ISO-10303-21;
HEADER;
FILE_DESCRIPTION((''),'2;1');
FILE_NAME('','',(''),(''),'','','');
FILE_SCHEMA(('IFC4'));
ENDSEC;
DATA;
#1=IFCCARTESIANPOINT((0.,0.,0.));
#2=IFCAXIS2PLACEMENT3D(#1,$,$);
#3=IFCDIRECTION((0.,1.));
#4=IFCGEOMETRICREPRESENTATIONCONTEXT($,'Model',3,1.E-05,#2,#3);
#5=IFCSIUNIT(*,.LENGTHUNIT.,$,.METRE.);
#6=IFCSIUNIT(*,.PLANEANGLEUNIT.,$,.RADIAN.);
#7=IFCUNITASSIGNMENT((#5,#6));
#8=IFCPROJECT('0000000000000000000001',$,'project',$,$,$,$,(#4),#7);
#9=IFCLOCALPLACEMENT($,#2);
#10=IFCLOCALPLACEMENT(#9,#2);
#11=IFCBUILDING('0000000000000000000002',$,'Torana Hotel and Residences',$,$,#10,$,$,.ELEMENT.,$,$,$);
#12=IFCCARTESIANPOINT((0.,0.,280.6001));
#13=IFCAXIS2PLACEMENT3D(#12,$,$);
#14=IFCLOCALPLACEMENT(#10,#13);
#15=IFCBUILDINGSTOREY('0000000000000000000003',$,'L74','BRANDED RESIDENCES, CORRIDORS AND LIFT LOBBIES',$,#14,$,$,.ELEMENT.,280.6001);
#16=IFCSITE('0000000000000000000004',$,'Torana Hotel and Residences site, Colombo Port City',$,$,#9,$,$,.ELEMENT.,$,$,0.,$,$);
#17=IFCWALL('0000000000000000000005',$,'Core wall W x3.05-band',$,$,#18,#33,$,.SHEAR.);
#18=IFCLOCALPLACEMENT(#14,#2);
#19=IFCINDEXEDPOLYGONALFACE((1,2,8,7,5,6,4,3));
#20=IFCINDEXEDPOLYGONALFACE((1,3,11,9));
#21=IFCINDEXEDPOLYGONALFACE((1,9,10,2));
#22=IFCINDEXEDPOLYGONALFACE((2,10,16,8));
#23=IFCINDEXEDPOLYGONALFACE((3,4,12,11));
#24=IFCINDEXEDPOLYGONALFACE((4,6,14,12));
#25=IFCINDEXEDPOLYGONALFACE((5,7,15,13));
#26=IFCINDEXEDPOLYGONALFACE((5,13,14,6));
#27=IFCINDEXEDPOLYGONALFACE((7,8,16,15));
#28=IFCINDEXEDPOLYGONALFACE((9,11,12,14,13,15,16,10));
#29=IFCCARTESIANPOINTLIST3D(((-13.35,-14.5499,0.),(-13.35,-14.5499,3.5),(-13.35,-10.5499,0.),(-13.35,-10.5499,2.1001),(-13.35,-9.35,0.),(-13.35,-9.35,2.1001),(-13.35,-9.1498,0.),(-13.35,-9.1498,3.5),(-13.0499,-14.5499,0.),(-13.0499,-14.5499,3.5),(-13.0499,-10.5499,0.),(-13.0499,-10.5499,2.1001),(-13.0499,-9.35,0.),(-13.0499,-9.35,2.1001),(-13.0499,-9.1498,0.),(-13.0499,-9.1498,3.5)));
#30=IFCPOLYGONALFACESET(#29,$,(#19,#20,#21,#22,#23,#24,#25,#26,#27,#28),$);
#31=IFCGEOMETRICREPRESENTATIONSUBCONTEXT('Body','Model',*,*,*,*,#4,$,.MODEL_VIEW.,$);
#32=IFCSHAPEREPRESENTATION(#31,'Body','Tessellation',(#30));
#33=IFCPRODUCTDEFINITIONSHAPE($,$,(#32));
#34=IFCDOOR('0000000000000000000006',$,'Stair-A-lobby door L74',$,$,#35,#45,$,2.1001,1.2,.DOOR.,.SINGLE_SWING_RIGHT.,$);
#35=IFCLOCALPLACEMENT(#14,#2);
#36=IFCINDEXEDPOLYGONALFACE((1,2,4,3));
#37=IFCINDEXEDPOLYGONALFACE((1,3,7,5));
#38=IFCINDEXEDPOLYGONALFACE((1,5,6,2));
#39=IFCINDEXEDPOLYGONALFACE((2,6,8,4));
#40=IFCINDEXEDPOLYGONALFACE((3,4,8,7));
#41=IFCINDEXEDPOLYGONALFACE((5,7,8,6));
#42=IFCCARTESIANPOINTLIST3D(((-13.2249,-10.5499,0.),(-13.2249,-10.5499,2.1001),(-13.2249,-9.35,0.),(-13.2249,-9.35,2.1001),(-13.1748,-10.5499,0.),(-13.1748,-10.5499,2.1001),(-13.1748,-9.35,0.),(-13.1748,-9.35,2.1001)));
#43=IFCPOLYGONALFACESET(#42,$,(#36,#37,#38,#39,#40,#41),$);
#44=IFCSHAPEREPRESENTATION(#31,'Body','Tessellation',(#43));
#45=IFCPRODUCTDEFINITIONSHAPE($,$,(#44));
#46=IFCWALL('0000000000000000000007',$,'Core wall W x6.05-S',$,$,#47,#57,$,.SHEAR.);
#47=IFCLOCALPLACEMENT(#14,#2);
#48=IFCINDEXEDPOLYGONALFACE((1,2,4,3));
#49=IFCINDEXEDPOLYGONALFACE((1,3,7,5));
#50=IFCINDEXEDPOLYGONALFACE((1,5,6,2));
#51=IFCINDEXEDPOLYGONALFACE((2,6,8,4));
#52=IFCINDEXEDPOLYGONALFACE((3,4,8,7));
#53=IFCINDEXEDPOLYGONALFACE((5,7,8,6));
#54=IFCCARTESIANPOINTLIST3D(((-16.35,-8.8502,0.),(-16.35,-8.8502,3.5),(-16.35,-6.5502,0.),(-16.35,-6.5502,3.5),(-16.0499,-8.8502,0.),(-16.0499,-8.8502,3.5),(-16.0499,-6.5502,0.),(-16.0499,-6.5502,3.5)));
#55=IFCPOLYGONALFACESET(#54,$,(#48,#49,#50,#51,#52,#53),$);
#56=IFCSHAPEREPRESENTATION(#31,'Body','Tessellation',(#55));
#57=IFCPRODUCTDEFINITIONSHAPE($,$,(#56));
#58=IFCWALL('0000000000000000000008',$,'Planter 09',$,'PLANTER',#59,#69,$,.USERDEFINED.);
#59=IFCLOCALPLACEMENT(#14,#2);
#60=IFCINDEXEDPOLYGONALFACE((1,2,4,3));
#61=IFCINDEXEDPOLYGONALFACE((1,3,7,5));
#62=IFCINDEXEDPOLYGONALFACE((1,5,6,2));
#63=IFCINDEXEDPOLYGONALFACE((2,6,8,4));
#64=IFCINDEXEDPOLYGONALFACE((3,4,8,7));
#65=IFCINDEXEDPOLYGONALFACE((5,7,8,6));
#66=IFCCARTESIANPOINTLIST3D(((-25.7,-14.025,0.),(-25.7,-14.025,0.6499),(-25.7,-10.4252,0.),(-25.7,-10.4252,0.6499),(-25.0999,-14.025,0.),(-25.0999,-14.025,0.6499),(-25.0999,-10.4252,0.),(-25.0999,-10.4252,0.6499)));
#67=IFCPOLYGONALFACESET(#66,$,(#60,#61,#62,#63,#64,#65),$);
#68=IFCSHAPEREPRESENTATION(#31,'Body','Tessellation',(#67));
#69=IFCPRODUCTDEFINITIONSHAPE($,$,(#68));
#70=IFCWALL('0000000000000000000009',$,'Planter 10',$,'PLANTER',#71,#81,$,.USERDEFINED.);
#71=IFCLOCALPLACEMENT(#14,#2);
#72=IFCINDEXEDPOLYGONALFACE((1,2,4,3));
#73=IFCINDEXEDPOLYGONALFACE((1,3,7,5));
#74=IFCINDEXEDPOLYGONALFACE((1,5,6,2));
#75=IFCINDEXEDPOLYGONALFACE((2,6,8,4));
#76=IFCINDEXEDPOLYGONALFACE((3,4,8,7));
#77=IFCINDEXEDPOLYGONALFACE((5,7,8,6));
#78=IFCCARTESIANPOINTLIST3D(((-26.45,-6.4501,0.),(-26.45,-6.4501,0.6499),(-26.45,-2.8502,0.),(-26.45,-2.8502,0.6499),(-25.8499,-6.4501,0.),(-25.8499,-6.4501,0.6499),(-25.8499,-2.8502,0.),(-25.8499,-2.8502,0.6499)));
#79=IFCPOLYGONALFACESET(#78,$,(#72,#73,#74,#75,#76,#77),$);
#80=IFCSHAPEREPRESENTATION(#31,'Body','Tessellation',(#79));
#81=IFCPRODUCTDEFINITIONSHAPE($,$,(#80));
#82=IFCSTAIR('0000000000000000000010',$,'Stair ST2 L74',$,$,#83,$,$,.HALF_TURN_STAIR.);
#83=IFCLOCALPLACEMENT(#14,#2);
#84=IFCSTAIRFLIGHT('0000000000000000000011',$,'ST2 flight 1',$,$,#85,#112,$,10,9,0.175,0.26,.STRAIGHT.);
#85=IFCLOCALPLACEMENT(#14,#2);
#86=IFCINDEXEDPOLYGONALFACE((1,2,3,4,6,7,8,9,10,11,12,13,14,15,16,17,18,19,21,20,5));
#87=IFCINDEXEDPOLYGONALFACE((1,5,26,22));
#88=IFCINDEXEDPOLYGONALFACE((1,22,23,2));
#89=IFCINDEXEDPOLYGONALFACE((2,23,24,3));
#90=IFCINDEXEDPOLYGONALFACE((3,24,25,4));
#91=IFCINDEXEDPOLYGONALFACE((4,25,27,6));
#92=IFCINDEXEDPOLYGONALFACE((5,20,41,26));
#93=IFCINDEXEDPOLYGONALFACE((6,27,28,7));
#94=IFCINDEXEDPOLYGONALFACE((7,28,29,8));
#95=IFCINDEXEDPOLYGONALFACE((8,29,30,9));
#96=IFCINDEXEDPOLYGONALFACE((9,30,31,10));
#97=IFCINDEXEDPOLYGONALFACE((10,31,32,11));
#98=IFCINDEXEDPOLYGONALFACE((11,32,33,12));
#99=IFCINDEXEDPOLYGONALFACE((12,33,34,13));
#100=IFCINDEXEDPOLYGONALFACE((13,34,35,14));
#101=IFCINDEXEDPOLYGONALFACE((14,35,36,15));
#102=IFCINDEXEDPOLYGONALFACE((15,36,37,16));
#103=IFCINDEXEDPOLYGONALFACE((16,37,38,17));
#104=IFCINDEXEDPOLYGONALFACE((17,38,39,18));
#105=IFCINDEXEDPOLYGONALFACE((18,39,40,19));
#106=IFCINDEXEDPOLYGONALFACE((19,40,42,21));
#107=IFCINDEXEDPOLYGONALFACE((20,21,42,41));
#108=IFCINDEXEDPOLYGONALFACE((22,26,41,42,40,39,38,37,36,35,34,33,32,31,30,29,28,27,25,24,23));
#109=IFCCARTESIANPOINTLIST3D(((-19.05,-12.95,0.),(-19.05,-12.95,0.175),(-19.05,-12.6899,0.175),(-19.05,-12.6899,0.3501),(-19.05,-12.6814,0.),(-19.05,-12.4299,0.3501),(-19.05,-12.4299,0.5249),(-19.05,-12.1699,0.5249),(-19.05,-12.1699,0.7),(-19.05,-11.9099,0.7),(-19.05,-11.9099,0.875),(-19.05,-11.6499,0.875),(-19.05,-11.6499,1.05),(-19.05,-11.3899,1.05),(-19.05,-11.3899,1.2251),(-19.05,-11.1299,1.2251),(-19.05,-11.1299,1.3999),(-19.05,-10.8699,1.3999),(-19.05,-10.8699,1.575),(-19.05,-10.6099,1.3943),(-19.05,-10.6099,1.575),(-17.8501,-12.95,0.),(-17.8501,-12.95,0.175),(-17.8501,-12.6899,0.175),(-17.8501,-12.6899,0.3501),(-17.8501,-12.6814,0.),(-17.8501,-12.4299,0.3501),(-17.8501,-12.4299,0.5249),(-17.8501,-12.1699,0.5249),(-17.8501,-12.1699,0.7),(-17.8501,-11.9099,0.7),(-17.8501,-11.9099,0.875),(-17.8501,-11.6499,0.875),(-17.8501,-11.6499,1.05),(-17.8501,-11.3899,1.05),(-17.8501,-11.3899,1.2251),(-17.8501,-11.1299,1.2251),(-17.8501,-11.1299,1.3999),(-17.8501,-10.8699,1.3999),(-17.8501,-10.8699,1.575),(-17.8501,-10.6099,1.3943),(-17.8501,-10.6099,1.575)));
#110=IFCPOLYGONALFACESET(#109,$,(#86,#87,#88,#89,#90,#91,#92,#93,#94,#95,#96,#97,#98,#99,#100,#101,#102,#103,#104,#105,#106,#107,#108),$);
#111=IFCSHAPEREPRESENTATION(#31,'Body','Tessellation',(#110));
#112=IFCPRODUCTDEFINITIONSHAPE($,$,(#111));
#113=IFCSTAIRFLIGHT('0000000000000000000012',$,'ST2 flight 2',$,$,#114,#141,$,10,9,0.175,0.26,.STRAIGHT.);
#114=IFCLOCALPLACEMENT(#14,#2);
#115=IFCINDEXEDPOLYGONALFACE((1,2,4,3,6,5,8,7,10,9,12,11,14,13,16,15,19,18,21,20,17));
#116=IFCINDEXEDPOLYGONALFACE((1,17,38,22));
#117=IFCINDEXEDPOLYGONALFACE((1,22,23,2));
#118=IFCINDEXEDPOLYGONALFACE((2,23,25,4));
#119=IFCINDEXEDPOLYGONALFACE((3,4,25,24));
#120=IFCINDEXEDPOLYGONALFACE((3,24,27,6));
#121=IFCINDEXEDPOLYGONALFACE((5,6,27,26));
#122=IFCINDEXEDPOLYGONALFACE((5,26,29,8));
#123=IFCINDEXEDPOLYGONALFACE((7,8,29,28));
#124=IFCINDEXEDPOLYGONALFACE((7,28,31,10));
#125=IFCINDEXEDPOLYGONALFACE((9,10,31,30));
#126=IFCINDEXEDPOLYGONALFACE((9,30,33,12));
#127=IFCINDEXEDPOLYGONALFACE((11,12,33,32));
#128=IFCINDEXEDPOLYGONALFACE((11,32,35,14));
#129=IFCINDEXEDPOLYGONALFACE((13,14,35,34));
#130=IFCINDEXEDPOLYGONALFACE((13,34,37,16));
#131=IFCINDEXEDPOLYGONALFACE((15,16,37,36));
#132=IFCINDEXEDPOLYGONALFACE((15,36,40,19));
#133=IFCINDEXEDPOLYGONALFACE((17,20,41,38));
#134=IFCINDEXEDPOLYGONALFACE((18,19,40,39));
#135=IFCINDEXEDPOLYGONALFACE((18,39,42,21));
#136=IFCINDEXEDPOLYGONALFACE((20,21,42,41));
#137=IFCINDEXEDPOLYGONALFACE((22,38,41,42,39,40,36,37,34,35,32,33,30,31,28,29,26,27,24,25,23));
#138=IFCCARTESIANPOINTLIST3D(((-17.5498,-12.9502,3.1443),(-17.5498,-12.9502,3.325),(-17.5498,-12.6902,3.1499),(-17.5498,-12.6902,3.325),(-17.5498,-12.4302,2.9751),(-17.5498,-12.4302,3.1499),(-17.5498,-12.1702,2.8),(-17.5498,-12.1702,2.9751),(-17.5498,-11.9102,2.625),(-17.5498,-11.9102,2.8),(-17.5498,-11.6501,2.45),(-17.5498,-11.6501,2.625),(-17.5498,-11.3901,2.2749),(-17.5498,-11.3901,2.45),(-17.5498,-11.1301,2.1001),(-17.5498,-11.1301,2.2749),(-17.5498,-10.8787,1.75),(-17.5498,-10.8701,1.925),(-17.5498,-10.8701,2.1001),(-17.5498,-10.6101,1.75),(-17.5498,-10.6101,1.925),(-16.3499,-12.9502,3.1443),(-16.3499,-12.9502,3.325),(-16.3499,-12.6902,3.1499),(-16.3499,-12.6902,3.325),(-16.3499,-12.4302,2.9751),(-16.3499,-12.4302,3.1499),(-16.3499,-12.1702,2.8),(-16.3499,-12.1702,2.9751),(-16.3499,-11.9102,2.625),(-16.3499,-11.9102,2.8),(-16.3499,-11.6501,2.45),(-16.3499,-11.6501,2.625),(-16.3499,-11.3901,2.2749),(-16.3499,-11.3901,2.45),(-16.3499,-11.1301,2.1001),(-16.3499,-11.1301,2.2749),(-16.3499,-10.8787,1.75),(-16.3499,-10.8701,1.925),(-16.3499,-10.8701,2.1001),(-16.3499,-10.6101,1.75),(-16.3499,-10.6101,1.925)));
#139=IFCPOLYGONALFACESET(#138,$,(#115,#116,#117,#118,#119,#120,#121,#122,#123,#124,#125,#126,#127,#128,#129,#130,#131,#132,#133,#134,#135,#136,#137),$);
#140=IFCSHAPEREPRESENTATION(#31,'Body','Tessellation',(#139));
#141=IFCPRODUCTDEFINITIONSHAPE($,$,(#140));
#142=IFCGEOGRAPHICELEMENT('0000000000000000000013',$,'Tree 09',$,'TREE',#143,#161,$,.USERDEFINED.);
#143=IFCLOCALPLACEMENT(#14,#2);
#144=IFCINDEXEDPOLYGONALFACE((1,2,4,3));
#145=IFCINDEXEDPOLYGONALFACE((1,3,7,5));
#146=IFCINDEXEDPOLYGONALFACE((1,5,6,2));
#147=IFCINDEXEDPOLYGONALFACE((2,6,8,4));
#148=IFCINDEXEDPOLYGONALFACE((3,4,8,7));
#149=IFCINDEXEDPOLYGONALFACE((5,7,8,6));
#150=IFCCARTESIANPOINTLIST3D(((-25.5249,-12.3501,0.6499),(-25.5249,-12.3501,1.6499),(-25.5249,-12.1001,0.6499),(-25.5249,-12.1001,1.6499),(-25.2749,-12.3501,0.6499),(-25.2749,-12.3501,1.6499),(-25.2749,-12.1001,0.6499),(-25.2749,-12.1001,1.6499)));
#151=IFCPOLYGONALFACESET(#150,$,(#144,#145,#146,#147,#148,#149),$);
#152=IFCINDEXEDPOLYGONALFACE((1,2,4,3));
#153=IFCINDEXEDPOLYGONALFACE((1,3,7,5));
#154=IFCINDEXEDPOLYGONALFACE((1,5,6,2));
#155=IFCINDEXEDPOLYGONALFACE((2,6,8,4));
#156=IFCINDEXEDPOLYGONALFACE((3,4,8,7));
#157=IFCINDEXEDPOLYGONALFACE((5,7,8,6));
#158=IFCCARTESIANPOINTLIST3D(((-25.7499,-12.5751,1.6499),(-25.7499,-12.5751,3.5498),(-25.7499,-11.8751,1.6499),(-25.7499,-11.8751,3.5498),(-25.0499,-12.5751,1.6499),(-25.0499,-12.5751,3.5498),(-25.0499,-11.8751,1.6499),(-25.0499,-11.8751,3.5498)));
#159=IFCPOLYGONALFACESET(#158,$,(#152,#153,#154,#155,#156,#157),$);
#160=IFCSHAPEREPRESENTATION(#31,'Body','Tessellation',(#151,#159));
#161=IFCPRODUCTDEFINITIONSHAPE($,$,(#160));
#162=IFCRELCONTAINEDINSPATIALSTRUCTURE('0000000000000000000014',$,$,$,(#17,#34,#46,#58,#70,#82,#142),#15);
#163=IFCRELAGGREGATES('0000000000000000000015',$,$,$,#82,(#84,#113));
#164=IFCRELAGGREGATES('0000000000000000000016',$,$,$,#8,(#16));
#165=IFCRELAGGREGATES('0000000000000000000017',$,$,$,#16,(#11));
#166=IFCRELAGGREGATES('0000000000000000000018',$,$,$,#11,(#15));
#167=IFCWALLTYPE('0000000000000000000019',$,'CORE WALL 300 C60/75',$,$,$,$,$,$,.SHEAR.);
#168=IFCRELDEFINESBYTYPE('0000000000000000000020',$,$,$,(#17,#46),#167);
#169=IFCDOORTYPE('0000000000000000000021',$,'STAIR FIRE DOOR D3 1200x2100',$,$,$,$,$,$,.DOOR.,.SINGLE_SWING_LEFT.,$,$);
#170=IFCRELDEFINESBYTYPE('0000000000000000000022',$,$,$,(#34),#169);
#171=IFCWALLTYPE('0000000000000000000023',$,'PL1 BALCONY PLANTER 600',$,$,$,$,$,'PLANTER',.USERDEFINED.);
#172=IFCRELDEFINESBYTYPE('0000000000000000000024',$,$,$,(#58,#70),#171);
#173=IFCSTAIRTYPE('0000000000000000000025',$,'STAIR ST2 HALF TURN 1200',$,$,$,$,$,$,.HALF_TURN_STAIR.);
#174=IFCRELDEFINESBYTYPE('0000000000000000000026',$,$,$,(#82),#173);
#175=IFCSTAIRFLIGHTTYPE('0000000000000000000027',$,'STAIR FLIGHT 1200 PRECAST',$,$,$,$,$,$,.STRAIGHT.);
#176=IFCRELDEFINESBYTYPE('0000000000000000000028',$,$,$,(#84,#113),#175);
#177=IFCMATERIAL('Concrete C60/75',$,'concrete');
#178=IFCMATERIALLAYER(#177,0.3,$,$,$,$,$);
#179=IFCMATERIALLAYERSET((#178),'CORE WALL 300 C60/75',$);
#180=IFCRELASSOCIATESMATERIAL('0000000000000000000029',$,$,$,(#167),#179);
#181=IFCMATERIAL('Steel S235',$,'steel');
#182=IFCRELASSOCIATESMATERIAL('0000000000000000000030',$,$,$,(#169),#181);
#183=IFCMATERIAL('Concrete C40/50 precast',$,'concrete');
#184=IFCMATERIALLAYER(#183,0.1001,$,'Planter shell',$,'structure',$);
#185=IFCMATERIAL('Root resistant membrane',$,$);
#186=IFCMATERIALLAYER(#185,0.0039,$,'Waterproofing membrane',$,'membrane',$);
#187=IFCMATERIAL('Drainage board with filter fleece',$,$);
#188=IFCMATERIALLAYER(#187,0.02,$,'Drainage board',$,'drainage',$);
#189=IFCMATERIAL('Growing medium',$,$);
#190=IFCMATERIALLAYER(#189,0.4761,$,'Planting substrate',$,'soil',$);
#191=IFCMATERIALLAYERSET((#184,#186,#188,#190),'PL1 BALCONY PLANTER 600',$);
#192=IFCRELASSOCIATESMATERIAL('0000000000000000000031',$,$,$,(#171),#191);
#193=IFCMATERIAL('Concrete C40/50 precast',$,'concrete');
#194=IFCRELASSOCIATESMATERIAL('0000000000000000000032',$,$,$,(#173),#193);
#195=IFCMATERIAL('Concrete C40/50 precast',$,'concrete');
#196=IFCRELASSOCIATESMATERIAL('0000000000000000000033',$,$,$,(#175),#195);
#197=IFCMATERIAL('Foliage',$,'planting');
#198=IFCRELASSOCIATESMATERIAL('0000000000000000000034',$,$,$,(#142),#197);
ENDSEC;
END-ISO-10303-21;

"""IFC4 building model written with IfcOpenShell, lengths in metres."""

from ifc_helpers import new_model, si_unit, direction, frame, frame_2d, origin, origin_2d, place, context, subcontext, project, spatial, polyline, rectangle, outline, extrude, material, layer, layer_set, type_object, element, fill, aggregate, save


model = new_model("IFC4")

# Units and contexts
model_context = context("Model", 3, precision=1e-05, world=origin(), true_north=direction((0.0, 1.0)))
body_context = subcontext(model_context, "Body", "Model", "MODEL_VIEW")
ifc_project = project(units=[si_unit("LENGTHUNIT", "METRE"), si_unit("PLANEANGLEUNIT", "RADIAN")], contexts=[model_context])

# Site, building, storey
site_placement = place(None, origin())
site = spatial("IfcSite", under=ifc_project, at=site_placement, Name="Torana Hotel and Residences site, Colombo Port City", CompositionType="ELEMENT", RefElevation=0.0)
building_placement = place(site_placement, origin())
building = spatial("IfcBuilding", under=site, at=building_placement, Name="Torana Hotel and Residences", CompositionType="ELEMENT")
storey_placement = place(building_placement, frame((0.0, 0.0, 280.6001)))
storey = spatial("IfcBuildingStorey", under=building, at=storey_placement, Name="L74", Description="BRANDED RESIDENCES, CORRIDORS AND LIFT LOBBIES", CompositionType="ELEMENT", Elevation=280.6001)

# Shared definitions
ifc_material_1 = material(Name="Concrete C60/75", Category="concrete")
ifc_layer_1 = layer(ifc_material_1, 0.3)
ifc_layer_set_1 = layer_set([ifc_layer_1], Name="CORE WALL 300 C60/75")
wall_type_1 = type_object("IfcWallType", Name="CORE WALL 300 C60/75", PredefinedType="SHEAR", material=ifc_layer_set_1)

# Wall, opening, door
wall_1_placement = place(storey_placement, frame((-13.2, -14.55, 0.0), z_axis=(0.0, 0.0, 1.0), x_axis=(0.0, 1.0, 0.0)))
wall_1 = element("IfcWall", 1, at=wall_1_placement, inside=storey, type_object=wall_type_1, Name="Core wall W x3.05-band", PredefinedType="SHEAR", context=body_context, shape_type="SweptSolid", body=[
    extrude(rectangle(XDim=5.4001, YDim=0.3, at=frame_2d((2.7002, 0.0))), origin(), (0.0, 0.0, 1.0), 3.5),
])
opening_1_placement = place(wall_1_placement, frame((4.0, 0.0, 0.0)))
opening_1 = element("IfcOpeningElement", 2, at=opening_1_placement, cuts=wall_1, PredefinedType="OPENING", context=body_context, shape_type="SweptSolid", body=[
    extrude(rectangle(XDim=1.2, YDim=2.1001, at=frame_2d((0.6001, 1.05))), frame((0.0, 0.1599, 0.0), z_axis=(0.0, -1.0, 0.0), x_axis=(1.0, 0.0, 0.0)), (0.0, 0.0, 1.0), 0.3201),
])
ifc_material_2 = material(Name="Steel S235", Category="steel")
door_type_1 = type_object("IfcDoorType", Name="STAIR FIRE DOOR D3 1200x2100", OperationType="SINGLE_SWING_LEFT", PredefinedType="DOOR", material=ifc_material_2)
door_1_placement = place(opening_1_placement, frame((0.6001, 0.0, 0.0), z_axis=(0.0, 0.0, 1.0), x_axis=(-1.0, 0.0, 0.0)))
door_1 = element("IfcDoor", 3, at=door_1_placement, inside=storey, type_object=door_type_1, Name="Stair-A-lobby door L74", OperationType="SINGLE_SWING_RIGHT", OverallHeight=2.1001, OverallWidth=1.2, PredefinedType="DOOR", context=body_context, shape_type="SweptSolid", body=[
    extrude(rectangle(XDim=1.2, YDim=2.1001, at=frame_2d((0.0, 1.05))), frame((0.0, -0.0249, 0.0), z_axis=(0.0, 1.0, 0.0), x_axis=(-1.0, 0.0, 0.0)), (0.0, 0.0, 1.0), 0.05),
])
fill(opening_1, door_1)

# Walls
wall_2_placement = place(storey_placement, frame((-16.2, -8.8501, 0.0), z_axis=(0.0, 0.0, 1.0), x_axis=(0.0, 1.0, 0.0)))
element("IfcWall", 4, at=wall_2_placement, inside=storey, type_object=wall_type_1, Name="Core wall W x6.05-S", PredefinedType="SHEAR", context=body_context, shape_type="SweptSolid", body=[
    extrude(rectangle(XDim=2.3, YDim=0.3, at=frame_2d((1.1499, 0.0))), origin(), (0.0, 0.0, 1.0), 3.5),
])
ifc_material_3 = material(Name="Concrete C40/50 precast", Category="concrete")
ifc_layer_2 = layer(ifc_material_3, 0.1001, Name="Planter shell", Category="structure")
ifc_material_4 = material(Name="Root resistant membrane")
ifc_layer_3 = layer(ifc_material_4, 0.0039, Name="Waterproofing membrane", Category="membrane")
ifc_material_5 = material(Name="Drainage board with filter fleece")
ifc_layer_4 = layer(ifc_material_5, 0.02, Name="Drainage board", Category="drainage")
ifc_material_6 = material(Name="Growing medium")
ifc_layer_5 = layer(ifc_material_6, 0.4761, Name="Planting substrate", Category="soil")
ifc_layer_set_2 = layer_set([ifc_layer_2, ifc_layer_3, ifc_layer_4, ifc_layer_5], Name="PL1 BALCONY PLANTER 600")
wall_type_2 = type_object("IfcWallType", Name="PL1 BALCONY PLANTER 600", ElementType="PLANTER", PredefinedType="USERDEFINED", material=ifc_layer_set_2)
for number, where, z_axis, x_axis, name in (
    (5, (-25.3999, -14.0249, 0.0), (0.0, 0.0, 1.0), (0.0, 1.0, 0.0), "Planter 09"),
    (6, (-26.1499, -6.45, 0.0), (0.0, 0.0, 1.0), (0.0, 1.0, 0.0), "Planter 10"),
):
    element("IfcWall", number, at=place(storey_placement, frame(where, z_axis=z_axis, x_axis=x_axis)), inside=storey, type_object=wall_type_2, Name=name, ObjectType="PLANTER", PredefinedType="USERDEFINED", context=body_context, shape_type="SweptSolid", body=[
        extrude(rectangle(XDim=3.5999, YDim=0.6001, at=frame_2d((1.7998, 0.0))), origin(), (0.0, 0.0, 1.0), 0.6499),
    ])

# Stair, stair flights
ifc_material_7 = material(Name="Concrete C40/50 precast", Category="concrete")
stair_type = type_object("IfcStairType", Name="STAIR ST2 HALF TURN 1200", PredefinedType="HALF_TURN_STAIR", material=ifc_material_7)
stair_placement = place(storey_placement, origin())
stair = element("IfcStair", 7, at=stair_placement, inside=storey, type_object=stair_type, Name="Stair ST2 L74", PredefinedType="HALF_TURN_STAIR")
ifc_material_8 = material(Name="Concrete C40/50 precast", Category="concrete")
stair_flight_type = type_object("IfcStairFlightType", Name="STAIR FLIGHT 1200 PRECAST", PredefinedType="STRAIGHT", material=ifc_material_8)
stair_flight_1_placement = place(storey_placement, frame((-18.45, -12.95, 0.0), z_axis=(0.0, 0.0, 1.0), x_axis=(0.0, 1.0, 0.0)))
stair_flight_1 = element("IfcStairFlight", 8, at=stair_flight_1_placement, type_object=stair_flight_type, Name="ST2 flight 1", NumberOfRisers=10, NumberOfTreads=9, PredefinedType="STRAIGHT", RiserHeight=0.175, TreadLength=0.26, context=body_context, shape_type="SweptSolid", body=[
    extrude(outline(polyline([(0.0, 0.0), (0.0, 0.175), (0.26, 0.175), (0.26, 0.3501), (0.52, 0.3501), (0.52, 0.5249), (0.78, 0.5249), (0.78, 0.7), (1.04, 0.7), (1.04, 0.875), (1.3, 0.875), (1.3, 1.05), (1.5601, 1.05), (1.5601, 1.2251), (1.8201, 1.2251), (1.8201, 1.3999), (2.0801, 1.3999), (2.0801, 1.575), (2.3401, 1.575), (2.3401, 1.75), (2.3401, 1.3943), (0.2686, 0.0), (0.0, 0.0)])), frame((0.0, 0.6001, 0.0), z_axis=(0.0, -1.0, 0.0), x_axis=(1.0, 0.0, 0.0)), (0.0, 0.0, 1.0), 1.2),
])
stair_flight_2_placement = place(storey_placement, frame((-16.95, -10.6101, 1.75), z_axis=(0.0, 0.0, 1.0), x_axis=(0.0, -1.0, 0.0)))
stair_flight_2 = element("IfcStairFlight", 9, at=stair_flight_2_placement, type_object=stair_flight_type, Name="ST2 flight 2", NumberOfRisers=10, NumberOfTreads=9, PredefinedType="STRAIGHT", RiserHeight=0.175, TreadLength=0.26, context=body_context, shape_type="SweptSolid", body=[
    extrude(outline(polyline([(0.0, 0.0), (0.0, 0.175), (0.26, 0.175), (0.26, 0.3501), (0.52, 0.3501), (0.52, 0.5249), (0.78, 0.5249), (0.78, 0.7), (1.04, 0.7), (1.04, 0.875), (1.3, 0.875), (1.3, 1.05), (1.5601, 1.05), (1.5601, 1.2251), (1.8201, 1.2251), (1.8201, 1.3999), (2.0801, 1.3999), (2.0801, 1.575), (2.3401, 1.575), (2.3401, 1.75), (2.3401, 1.3943), (0.2686, 0.0), (0.0, 0.0)])), frame((0.0, 0.6001, 0.0), z_axis=(0.0, -1.0, 0.0), x_axis=(1.0, 0.0, 0.0)), (0.0, 0.0, 1.0), 1.2),
])
aggregate(stair, [stair_flight_1, stair_flight_2])

# Geographic element
ifc_material_9 = material(Name="Foliage", Category="planting")
geographic_element_placement = place(storey_placement, frame((-25.3999, -12.2251, 0.6499), z_axis=(0.0, 0.0, 1.0), x_axis=(1.0, 0.0, 0.0)))
element("IfcGeographicElement", 10, at=geographic_element_placement, inside=storey, material=ifc_material_9, Name="Tree 09", ObjectType="TREE", PredefinedType="USERDEFINED", context=body_context, shape_type="SweptSolid", body=[
    extrude(rectangle(XDim=0.25, YDim=0.25, at=origin_2d()), origin(), (0.0, 0.0, 1.0), 1.0),
    extrude(rectangle(XDim=0.7, YDim=0.7, at=origin_2d()), frame((0.0, 0.0, 1.0)), (0.0, 0.0, 1.0), 1.8999),
])

save(model, "model.ifc")
